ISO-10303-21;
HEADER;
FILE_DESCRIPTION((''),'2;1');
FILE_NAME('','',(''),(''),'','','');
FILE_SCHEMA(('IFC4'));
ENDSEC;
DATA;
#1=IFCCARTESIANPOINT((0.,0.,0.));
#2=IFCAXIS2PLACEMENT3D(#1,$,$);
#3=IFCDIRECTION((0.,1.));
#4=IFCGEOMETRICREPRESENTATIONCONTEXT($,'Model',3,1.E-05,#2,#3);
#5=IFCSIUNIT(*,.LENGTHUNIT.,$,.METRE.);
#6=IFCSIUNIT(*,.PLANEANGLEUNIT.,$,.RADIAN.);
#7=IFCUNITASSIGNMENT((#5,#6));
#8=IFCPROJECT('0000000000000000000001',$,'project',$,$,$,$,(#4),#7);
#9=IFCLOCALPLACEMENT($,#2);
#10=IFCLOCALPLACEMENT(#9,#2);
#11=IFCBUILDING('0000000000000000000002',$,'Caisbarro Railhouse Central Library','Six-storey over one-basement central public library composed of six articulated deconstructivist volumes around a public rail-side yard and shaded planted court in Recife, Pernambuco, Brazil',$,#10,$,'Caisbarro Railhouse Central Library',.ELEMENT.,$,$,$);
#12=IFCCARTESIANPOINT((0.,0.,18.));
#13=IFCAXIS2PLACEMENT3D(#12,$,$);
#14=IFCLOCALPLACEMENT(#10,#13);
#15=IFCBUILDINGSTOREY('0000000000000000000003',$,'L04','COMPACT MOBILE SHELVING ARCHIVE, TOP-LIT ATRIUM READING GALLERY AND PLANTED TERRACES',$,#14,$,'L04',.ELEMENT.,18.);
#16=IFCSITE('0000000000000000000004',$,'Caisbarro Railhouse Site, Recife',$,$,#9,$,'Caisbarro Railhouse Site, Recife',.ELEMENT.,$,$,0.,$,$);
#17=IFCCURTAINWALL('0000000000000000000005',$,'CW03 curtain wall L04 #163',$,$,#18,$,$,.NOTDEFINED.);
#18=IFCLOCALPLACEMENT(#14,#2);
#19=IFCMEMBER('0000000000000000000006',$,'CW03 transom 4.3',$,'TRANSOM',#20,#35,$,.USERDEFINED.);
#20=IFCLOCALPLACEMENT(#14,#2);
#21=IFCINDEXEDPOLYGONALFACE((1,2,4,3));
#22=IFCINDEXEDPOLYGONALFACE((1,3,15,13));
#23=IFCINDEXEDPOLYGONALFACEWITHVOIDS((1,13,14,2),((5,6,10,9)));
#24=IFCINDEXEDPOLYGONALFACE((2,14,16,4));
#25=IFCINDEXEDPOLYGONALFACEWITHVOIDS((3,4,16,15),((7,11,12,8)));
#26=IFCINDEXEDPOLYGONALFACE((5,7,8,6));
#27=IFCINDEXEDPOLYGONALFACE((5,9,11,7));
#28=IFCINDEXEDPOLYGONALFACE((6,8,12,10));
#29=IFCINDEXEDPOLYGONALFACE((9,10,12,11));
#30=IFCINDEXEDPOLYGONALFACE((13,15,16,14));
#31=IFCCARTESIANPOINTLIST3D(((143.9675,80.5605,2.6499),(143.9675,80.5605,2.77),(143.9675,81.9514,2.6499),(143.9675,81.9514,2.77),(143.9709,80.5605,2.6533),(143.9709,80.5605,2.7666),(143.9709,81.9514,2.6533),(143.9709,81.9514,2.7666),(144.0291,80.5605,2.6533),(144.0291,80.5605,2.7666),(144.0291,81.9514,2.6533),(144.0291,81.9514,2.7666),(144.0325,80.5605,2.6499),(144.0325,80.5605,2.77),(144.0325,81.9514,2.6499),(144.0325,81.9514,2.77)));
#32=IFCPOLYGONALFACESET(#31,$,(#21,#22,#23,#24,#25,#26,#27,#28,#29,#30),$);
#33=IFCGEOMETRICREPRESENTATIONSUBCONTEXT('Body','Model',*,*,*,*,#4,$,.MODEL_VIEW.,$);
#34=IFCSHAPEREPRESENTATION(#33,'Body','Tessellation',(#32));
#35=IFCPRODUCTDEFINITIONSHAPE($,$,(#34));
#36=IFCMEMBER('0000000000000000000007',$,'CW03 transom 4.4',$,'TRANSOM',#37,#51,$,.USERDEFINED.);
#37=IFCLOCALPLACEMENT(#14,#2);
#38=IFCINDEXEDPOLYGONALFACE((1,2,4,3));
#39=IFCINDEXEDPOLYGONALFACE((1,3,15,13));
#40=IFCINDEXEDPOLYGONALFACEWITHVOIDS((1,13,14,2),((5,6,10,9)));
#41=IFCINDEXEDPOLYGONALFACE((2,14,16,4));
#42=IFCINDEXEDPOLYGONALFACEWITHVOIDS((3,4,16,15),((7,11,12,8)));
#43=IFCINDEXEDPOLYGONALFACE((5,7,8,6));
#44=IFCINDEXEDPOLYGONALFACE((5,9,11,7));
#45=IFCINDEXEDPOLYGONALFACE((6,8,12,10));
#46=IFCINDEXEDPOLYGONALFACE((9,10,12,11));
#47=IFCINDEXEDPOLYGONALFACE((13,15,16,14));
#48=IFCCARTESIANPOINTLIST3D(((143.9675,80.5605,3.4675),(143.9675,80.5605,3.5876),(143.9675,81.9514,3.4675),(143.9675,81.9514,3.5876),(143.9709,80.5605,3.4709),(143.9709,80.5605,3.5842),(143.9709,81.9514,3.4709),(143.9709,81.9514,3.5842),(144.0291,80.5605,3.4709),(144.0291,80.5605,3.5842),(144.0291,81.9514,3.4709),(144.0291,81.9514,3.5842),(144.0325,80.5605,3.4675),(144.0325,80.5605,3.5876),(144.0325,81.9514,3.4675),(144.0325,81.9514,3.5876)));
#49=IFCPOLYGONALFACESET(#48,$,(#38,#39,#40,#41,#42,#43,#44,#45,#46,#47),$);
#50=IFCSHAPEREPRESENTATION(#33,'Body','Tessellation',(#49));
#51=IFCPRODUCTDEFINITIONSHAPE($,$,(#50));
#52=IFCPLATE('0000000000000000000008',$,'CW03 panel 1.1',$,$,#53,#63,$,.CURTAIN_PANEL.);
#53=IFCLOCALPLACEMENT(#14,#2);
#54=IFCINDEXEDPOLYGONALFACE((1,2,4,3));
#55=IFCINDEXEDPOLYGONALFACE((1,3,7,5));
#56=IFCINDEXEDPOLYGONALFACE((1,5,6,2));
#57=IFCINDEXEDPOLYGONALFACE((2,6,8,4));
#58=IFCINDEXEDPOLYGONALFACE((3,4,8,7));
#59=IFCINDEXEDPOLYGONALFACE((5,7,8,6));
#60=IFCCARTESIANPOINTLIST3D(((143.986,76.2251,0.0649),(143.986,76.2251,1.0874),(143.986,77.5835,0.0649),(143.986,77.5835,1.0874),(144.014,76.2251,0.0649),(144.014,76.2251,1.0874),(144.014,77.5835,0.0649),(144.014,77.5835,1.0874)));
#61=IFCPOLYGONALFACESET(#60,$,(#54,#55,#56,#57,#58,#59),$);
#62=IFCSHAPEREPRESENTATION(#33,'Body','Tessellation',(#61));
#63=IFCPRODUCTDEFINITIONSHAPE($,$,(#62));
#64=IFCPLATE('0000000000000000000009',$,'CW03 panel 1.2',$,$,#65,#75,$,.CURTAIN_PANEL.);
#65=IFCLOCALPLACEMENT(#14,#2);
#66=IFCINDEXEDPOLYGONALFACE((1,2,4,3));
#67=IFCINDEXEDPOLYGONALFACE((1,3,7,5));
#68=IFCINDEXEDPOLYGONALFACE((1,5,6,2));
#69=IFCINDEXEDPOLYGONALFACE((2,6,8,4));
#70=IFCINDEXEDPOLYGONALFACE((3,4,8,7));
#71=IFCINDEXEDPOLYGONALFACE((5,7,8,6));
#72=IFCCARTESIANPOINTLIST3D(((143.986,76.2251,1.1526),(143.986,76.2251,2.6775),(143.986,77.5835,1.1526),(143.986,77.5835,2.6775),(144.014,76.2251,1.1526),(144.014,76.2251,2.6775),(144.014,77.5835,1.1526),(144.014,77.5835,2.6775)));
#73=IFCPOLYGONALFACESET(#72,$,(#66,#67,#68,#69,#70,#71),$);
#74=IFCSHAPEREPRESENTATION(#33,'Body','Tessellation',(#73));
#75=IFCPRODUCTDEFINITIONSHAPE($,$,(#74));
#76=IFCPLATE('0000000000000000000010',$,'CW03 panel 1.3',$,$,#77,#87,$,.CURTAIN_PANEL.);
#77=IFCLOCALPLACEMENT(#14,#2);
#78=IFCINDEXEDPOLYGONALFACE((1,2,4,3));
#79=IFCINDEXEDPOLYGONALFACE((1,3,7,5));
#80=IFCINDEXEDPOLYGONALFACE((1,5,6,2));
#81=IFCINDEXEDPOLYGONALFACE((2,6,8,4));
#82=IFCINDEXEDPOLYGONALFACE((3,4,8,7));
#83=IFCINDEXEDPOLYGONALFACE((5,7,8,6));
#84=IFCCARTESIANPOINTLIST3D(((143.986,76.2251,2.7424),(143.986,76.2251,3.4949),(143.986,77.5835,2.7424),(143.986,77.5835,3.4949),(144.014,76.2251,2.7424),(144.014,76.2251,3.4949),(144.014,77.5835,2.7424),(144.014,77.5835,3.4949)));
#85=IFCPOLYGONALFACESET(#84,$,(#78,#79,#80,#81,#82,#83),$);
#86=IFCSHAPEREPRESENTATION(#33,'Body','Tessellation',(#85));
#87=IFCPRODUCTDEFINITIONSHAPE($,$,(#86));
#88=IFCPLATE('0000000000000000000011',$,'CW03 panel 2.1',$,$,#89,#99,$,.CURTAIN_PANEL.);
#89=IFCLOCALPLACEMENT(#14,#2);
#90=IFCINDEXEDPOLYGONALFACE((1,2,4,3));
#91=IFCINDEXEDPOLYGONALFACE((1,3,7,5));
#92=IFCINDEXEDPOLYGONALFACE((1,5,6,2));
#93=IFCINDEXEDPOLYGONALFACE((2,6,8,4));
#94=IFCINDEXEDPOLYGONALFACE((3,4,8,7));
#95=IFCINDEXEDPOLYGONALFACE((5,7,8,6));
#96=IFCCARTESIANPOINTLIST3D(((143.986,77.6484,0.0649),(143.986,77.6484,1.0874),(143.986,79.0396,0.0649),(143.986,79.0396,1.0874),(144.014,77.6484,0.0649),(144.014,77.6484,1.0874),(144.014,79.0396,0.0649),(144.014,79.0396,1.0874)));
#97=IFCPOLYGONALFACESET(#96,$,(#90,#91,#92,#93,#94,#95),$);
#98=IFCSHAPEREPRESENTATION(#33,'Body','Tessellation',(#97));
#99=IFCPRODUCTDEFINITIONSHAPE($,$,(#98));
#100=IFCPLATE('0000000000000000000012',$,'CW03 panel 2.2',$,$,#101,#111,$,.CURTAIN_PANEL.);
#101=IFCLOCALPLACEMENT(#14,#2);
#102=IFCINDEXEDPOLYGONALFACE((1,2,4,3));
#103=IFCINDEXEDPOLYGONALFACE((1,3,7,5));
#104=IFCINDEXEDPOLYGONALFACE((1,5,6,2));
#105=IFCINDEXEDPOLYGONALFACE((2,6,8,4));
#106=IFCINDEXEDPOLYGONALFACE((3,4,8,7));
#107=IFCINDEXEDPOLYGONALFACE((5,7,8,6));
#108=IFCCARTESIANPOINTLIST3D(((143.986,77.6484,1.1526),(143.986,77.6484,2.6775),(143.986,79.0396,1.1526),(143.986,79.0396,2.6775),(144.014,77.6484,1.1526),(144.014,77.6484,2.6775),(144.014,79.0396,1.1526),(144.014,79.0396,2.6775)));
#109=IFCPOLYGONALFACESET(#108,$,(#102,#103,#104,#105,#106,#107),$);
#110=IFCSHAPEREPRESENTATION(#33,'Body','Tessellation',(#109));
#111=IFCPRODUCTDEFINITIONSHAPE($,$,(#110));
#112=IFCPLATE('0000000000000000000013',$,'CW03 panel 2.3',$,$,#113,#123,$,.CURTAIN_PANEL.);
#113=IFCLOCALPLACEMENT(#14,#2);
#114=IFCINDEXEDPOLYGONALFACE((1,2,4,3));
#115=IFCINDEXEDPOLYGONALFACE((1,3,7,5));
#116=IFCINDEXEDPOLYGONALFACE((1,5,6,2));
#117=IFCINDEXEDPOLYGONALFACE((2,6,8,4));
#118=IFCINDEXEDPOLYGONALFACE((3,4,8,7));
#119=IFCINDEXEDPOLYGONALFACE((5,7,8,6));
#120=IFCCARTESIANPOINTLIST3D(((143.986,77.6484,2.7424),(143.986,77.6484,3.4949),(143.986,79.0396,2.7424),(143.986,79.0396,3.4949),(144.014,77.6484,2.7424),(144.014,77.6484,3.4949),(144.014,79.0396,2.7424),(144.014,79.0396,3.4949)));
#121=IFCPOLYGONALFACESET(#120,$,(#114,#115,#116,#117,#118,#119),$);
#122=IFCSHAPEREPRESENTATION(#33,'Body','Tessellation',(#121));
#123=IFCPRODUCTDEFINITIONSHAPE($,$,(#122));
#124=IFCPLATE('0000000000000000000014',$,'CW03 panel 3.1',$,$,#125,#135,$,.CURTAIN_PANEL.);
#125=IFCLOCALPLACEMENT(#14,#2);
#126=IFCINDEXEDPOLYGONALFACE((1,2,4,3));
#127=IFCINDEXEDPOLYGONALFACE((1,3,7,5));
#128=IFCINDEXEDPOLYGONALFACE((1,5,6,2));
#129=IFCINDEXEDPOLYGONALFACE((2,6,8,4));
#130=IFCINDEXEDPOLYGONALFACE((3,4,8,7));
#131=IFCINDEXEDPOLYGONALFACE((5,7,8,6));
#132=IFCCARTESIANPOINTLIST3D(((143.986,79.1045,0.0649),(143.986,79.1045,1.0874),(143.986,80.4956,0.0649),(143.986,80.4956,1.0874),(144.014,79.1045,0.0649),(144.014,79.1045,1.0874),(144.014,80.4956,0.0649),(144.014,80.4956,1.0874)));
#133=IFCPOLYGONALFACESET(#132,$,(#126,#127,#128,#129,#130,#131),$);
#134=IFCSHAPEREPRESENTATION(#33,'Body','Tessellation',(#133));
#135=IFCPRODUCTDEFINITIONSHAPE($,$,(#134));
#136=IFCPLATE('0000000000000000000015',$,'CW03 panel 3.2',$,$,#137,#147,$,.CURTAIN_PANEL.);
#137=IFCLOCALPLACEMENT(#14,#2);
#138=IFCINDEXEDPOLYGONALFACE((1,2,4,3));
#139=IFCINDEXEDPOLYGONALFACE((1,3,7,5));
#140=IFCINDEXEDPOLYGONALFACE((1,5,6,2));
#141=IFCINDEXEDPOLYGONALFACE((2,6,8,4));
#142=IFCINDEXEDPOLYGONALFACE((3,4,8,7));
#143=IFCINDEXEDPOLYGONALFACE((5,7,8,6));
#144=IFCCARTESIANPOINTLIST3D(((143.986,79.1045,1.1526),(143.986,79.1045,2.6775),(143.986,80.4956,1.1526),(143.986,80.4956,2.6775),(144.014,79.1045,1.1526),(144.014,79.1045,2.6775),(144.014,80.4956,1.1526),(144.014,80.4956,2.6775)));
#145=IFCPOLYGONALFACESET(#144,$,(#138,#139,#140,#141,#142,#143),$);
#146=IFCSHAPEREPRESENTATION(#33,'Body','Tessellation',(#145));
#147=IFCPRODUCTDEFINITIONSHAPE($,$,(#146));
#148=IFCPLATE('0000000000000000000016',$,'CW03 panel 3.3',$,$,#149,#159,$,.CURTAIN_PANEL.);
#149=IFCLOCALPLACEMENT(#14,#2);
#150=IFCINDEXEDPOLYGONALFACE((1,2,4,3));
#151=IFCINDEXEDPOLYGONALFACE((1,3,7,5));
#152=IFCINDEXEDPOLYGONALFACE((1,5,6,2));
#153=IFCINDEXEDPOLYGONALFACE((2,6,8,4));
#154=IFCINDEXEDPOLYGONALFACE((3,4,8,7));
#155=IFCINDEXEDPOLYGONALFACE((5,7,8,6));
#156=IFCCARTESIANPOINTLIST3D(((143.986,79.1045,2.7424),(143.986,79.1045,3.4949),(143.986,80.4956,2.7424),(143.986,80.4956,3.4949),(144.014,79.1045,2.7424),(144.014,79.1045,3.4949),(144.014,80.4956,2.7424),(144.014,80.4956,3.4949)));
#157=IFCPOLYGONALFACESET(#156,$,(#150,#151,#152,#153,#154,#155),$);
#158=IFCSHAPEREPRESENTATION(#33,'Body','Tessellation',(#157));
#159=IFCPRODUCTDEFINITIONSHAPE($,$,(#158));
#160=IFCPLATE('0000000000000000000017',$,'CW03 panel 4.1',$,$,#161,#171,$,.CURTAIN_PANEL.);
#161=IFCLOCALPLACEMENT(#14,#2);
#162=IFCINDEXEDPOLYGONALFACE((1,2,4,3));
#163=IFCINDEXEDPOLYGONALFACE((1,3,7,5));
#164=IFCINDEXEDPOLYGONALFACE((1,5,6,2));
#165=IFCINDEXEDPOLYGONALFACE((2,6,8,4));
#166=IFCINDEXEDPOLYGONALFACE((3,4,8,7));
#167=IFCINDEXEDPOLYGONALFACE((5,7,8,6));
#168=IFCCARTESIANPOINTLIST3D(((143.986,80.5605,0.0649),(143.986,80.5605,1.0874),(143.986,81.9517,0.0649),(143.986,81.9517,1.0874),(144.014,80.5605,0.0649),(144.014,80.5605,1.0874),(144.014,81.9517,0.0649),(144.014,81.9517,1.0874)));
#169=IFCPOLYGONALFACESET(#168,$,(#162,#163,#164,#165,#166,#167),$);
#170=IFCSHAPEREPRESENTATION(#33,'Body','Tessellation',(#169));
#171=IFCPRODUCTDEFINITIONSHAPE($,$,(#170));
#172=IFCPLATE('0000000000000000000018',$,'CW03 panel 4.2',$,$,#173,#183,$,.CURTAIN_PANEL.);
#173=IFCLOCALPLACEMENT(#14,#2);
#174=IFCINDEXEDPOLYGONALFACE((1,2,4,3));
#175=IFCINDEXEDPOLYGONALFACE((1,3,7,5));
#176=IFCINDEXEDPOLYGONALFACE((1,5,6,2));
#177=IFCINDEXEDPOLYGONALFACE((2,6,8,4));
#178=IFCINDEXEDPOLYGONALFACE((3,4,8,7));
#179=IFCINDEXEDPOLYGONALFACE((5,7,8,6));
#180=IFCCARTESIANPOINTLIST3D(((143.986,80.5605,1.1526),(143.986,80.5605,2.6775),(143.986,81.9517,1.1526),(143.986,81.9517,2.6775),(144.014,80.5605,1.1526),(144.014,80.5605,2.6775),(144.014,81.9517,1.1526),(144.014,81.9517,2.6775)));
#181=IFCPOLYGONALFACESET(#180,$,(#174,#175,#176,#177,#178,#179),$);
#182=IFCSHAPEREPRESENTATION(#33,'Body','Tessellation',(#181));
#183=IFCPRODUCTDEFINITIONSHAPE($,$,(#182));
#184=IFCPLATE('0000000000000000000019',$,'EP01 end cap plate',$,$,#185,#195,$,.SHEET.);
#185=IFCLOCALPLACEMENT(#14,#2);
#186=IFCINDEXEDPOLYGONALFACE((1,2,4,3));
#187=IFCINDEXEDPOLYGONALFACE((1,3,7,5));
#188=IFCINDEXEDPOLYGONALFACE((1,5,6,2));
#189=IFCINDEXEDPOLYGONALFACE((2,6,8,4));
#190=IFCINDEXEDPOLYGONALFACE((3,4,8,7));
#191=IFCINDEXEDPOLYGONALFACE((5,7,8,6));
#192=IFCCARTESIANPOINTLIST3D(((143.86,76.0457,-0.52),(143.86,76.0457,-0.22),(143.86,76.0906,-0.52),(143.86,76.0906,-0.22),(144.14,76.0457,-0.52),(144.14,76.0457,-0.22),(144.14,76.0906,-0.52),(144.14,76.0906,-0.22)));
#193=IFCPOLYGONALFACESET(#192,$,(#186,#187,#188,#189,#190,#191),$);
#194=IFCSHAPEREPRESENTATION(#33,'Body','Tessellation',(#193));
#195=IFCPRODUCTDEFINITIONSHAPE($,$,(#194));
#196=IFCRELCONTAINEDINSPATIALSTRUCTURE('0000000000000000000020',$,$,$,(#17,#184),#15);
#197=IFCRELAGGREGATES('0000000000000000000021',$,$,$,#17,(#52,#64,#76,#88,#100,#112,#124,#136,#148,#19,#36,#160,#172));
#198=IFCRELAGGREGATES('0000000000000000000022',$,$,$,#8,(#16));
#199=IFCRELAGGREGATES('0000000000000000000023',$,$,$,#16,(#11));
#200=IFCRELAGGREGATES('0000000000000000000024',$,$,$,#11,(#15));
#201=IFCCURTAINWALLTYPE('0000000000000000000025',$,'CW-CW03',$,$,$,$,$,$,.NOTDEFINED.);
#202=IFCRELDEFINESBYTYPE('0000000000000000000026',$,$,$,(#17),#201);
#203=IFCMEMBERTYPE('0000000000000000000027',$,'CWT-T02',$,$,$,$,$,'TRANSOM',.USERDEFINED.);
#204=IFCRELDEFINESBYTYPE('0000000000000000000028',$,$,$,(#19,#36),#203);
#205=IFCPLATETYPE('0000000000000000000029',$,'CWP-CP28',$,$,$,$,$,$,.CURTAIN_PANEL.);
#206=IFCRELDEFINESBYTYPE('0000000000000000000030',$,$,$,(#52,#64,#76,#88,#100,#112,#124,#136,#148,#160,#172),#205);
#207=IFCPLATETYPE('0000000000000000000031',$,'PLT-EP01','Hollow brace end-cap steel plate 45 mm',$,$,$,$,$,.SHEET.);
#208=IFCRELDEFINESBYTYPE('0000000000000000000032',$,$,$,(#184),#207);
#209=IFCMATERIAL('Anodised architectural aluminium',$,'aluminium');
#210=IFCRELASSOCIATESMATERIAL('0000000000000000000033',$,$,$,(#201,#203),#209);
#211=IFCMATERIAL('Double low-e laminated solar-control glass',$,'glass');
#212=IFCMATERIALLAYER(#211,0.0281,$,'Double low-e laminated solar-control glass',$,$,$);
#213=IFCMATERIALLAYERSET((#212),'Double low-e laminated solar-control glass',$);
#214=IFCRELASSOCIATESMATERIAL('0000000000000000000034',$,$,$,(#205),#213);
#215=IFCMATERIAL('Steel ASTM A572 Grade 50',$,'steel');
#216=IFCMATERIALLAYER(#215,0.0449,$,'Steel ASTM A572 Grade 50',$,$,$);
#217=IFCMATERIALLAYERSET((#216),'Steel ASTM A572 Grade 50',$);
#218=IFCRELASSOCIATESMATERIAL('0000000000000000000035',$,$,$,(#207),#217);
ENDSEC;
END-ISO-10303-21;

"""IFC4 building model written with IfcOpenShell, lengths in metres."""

from ifc_helpers import new_model, si_unit, direction, frame, origin, origin_2d, place, context, subcontext, project, spatial, rectangle, hollow_rectangle, extrude, material, layer, layer_set, material_profile, profile_set, type_object, element, aggregate, save


model = new_model("IFC4")

# Units and contexts
model_context = context("Model", 3, precision=1e-05, world=origin(), true_north=direction((0.0, 1.0)))
body_context = subcontext(model_context, "Body", "Model", "MODEL_VIEW")
ifc_project = project(units=[si_unit("LENGTHUNIT", "METRE"), si_unit("PLANEANGLEUNIT", "RADIAN")], contexts=[model_context])

# Site, building, storey
site_placement = place(None, origin())
site = spatial("IfcSite", under=ifc_project, at=site_placement, Name="Caisbarro Railhouse Site, Recife", LongName="Caisbarro Railhouse Site, Recife", CompositionType="ELEMENT", RefElevation=0.0)
building_placement = place(site_placement, origin())
building = spatial("IfcBuilding", under=site, at=building_placement, Name="Caisbarro Railhouse Central Library", Description="Six-storey over one-basement central public library composed of six articulated deconstructivist volumes around a public rail-side yard and shaded planted court in Recife, Pernambuco, Brazil", LongName="Caisbarro Railhouse Central Library", CompositionType="ELEMENT")
storey_placement = place(building_placement, frame((0.0, 0.0, 18.0)))
storey = spatial("IfcBuildingStorey", under=building, at=storey_placement, Name="L04", Description="COMPACT MOBILE SHELVING ARCHIVE, TOP-LIT ATRIUM READING GALLERY AND PLANTED TERRACES", LongName="L04", CompositionType="ELEMENT", Elevation=18.0)

# Shared definitions
ifc_material_1 = material(Name="Steel ASTM A572 Grade 50", Category="steel")

# Curtain wall, members, plates
ifc_material_2 = material(Name="Anodised architectural aluminium", Category="aluminium")
curtain_wall_type = type_object("IfcCurtainWallType", Name="CW-CW03", PredefinedType="NOTDEFINED", material=ifc_material_2)
curtain_wall_placement = place(storey_placement, origin())
curtain_wall = element("IfcCurtainWall", 1, at=curtain_wall_placement, inside=storey, type_object=curtain_wall_type, Name="CW03 curtain wall L04 #163", PredefinedType="NOTDEFINED")
ifc_material_profile_1 = material_profile(ifc_material_2, hollow_rectangle(XDim=0.0649, YDim=0.1201, WallThickness=0.0034, at=origin_2d()), Name="ALU-TRN-65X120")
ifc_profile_set_1 = profile_set([ifc_material_profile_1], Name="Anodised architectural aluminium")
member_type_1 = type_object("IfcMemberType", Name="CWT-T02", ElementType="TRANSOM", PredefinedType="USERDEFINED", material=ifc_profile_set_1)
member_1_placement = place(storey_placement, frame((144.0, 80.5605, 2.71), z_axis=(0.0, 1.0, 0.0), x_axis=(-1.0, 0.0, 0.0)))
member_1 = element("IfcMember", 2, at=member_1_placement, type_object=member_type_1, Name="CW03 transom 4.3", ObjectType="TRANSOM", PredefinedType="USERDEFINED", context=body_context, shape_type="SweptSolid", body=[
    extrude(hollow_rectangle(XDim=0.0649, YDim=0.1201, WallThickness=0.0034, at=origin_2d()), origin(), (0.0, 0.0, 1.0), 1.3909),
])
member_2_placement = place(storey_placement, frame((144.0, 80.5605, 3.5276), z_axis=(0.0, 1.0, 0.0), x_axis=(-1.0, 0.0, 0.0)))
member_2 = element("IfcMember", 3, at=member_2_placement, type_object=member_type_1, Name="CW03 transom 4.4", ObjectType="TRANSOM", PredefinedType="USERDEFINED", context=body_context, shape_type="SweptSolid", body=[
    extrude(hollow_rectangle(XDim=0.0649, YDim=0.1201, WallThickness=0.0034, at=origin_2d()), origin(), (0.0, 0.0, 1.0), 1.3909),
])
ifc_material_3 = material(Name="Double low-e laminated solar-control glass", Category="glass")
ifc_layer_1 = layer(ifc_material_3, 0.0281, Name="Double low-e laminated solar-control glass")
ifc_layer_set_1 = layer_set([ifc_layer_1], Name="Double low-e laminated solar-control glass")
plate_type_1 = type_object("IfcPlateType", Name="CWP-CP28", PredefinedType="CURTAIN_PANEL", material=ifc_layer_set_1)
plate_1_placement = place(storey_placement, frame((144.0, 76.9043, 0.0649), z_axis=(0.0, 0.0, 1.0), x_axis=(0.0, 1.0, 0.0)))
plate_1 = element("IfcPlate", 4, at=plate_1_placement, type_object=plate_type_1, Name="CW03 panel 1.1", PredefinedType="CURTAIN_PANEL", context=body_context, shape_type="SweptSolid", body=[
    extrude(rectangle(XDim=1.3584, YDim=0.0281, at=origin_2d()), origin(), (0.0, 0.0, 1.0), 1.0225),
])
plate_2_placement = place(storey_placement, frame((144.0, 76.9043, 1.1526), z_axis=(0.0, 0.0, 1.0), x_axis=(0.0, 1.0, 0.0)))
plate_2 = element("IfcPlate", 5, at=plate_2_placement, type_object=plate_type_1, Name="CW03 panel 1.2", PredefinedType="CURTAIN_PANEL", context=body_context, shape_type="SweptSolid", body=[
    extrude(rectangle(XDim=1.3584, YDim=0.0281, at=origin_2d()), origin(), (0.0, 0.0, 1.0), 1.5249),
])
plate_3_placement = place(storey_placement, frame((144.0, 76.9043, 2.7424), z_axis=(0.0, 0.0, 1.0), x_axis=(0.0, 1.0, 0.0)))
plate_3 = element("IfcPlate", 6, at=plate_3_placement, type_object=plate_type_1, Name="CW03 panel 1.3", PredefinedType="CURTAIN_PANEL", context=body_context, shape_type="SweptSolid", body=[
    extrude(rectangle(XDim=1.3584, YDim=0.0281, at=origin_2d()), origin(), (0.0, 0.0, 1.0), 0.7524),
])
plate_4_placement = place(storey_placement, frame((144.0, 78.344, 0.0649), z_axis=(0.0, 0.0, 1.0), x_axis=(0.0, 1.0, 0.0)))
plate_4 = element("IfcPlate", 7, at=plate_4_placement, type_object=plate_type_1, Name="CW03 panel 2.1", PredefinedType="CURTAIN_PANEL", context=body_context, shape_type="SweptSolid", body=[
    extrude(rectangle(XDim=1.3911, YDim=0.0281, at=origin_2d()), origin(), (0.0, 0.0, 1.0), 1.0225),
])
plate_5_placement = place(storey_placement, frame((144.0, 78.344, 1.1526), z_axis=(0.0, 0.0, 1.0), x_axis=(0.0, 1.0, 0.0)))
plate_5 = element("IfcPlate", 8, at=plate_5_placement, type_object=plate_type_1, Name="CW03 panel 2.2", PredefinedType="CURTAIN_PANEL", context=body_context, shape_type="SweptSolid", body=[
    extrude(rectangle(XDim=1.3911, YDim=0.0281, at=origin_2d()), origin(), (0.0, 0.0, 1.0), 1.5249),
])
plate_6_placement = place(storey_placement, frame((144.0, 78.344, 2.7424), z_axis=(0.0, 0.0, 1.0), x_axis=(0.0, 1.0, 0.0)))
plate_6 = element("IfcPlate", 9, at=plate_6_placement, type_object=plate_type_1, Name="CW03 panel 2.3", PredefinedType="CURTAIN_PANEL", context=body_context, shape_type="SweptSolid", body=[
    extrude(rectangle(XDim=1.3911, YDim=0.0281, at=origin_2d()), origin(), (0.0, 0.0, 1.0), 0.7524),
])
plate_7_placement = place(storey_placement, frame((144.0, 79.8, 0.0649), z_axis=(0.0, 0.0, 1.0), x_axis=(0.0, 1.0, 0.0)))
plate_7 = element("IfcPlate", 10, at=plate_7_placement, type_object=plate_type_1, Name="CW03 panel 3.1", PredefinedType="CURTAIN_PANEL", context=body_context, shape_type="SweptSolid", body=[
    extrude(rectangle(XDim=1.3911, YDim=0.0281, at=origin_2d()), origin(), (0.0, 0.0, 1.0), 1.0225),
])
plate_8_placement = place(storey_placement, frame((144.0, 79.8, 1.1526), z_axis=(0.0, 0.0, 1.0), x_axis=(0.0, 1.0, 0.0)))
plate_8 = element("IfcPlate", 11, at=plate_8_placement, type_object=plate_type_1, Name="CW03 panel 3.2", PredefinedType="CURTAIN_PANEL", context=body_context, shape_type="SweptSolid", body=[
    extrude(rectangle(XDim=1.3911, YDim=0.0281, at=origin_2d()), origin(), (0.0, 0.0, 1.0), 1.5249),
])
plate_9_placement = place(storey_placement, frame((144.0, 79.8, 2.7424), z_axis=(0.0, 0.0, 1.0), x_axis=(0.0, 1.0, 0.0)))
plate_9 = element("IfcPlate", 12, at=plate_9_placement, type_object=plate_type_1, Name="CW03 panel 3.3", PredefinedType="CURTAIN_PANEL", context=body_context, shape_type="SweptSolid", body=[
    extrude(rectangle(XDim=1.3911, YDim=0.0281, at=origin_2d()), origin(), (0.0, 0.0, 1.0), 0.7524),
])
plate_10_placement = place(storey_placement, frame((144.0, 81.2561, 0.0649), z_axis=(0.0, 0.0, 1.0), x_axis=(0.0, 1.0, 0.0)))
plate_10 = element("IfcPlate", 13, at=plate_10_placement, type_object=plate_type_1, Name="CW03 panel 4.1", PredefinedType="CURTAIN_PANEL", context=body_context, shape_type="SweptSolid", body=[
    extrude(rectangle(XDim=1.3911, YDim=0.0281, at=origin_2d()), origin(), (0.0, 0.0, 1.0), 1.0225),
])
plate_11_placement = place(storey_placement, frame((144.0, 81.2561, 1.1526), z_axis=(0.0, 0.0, 1.0), x_axis=(0.0, 1.0, 0.0)))
plate_11 = element("IfcPlate", 14, at=plate_11_placement, type_object=plate_type_1, Name="CW03 panel 4.2", PredefinedType="CURTAIN_PANEL", context=body_context, shape_type="SweptSolid", body=[
    extrude(rectangle(XDim=1.3911, YDim=0.0281, at=origin_2d()), origin(), (0.0, 0.0, 1.0), 1.5249),
])
aggregate(curtain_wall, [plate_1, plate_2, plate_3, plate_4, plate_5, plate_6, plate_7, plate_8, plate_9, member_1, member_2, plate_10, plate_11])

# Plate
ifc_layer_2 = layer(ifc_material_1, 0.0449, Name="Steel ASTM A572 Grade 50")
ifc_layer_set_2 = layer_set([ifc_layer_2], Name="Steel ASTM A572 Grade 50")
plate_type_2 = type_object("IfcPlateType", Name="PLT-EP01", Description="Hollow brace end-cap steel plate 45 mm", PredefinedType="SHEET", material=ifc_layer_set_2)
plate_12_placement = place(storey_placement, frame((144.0, 76.0681, -0.52), z_axis=(0.0, 0.0, 1.0), x_axis=(0.0, 1.0, 0.0)))
element("IfcPlate", 15, at=plate_12_placement, inside=storey, type_object=plate_type_2, Name="EP01 end cap plate", PredefinedType="SHEET", context=body_context, shape_type="SweptSolid", body=[
    extrude(rectangle(XDim=0.0449, YDim=0.28, at=origin_2d()), origin(), (0.0, 0.0, 1.0), 0.3),
])

save(model, "model.ifc")
